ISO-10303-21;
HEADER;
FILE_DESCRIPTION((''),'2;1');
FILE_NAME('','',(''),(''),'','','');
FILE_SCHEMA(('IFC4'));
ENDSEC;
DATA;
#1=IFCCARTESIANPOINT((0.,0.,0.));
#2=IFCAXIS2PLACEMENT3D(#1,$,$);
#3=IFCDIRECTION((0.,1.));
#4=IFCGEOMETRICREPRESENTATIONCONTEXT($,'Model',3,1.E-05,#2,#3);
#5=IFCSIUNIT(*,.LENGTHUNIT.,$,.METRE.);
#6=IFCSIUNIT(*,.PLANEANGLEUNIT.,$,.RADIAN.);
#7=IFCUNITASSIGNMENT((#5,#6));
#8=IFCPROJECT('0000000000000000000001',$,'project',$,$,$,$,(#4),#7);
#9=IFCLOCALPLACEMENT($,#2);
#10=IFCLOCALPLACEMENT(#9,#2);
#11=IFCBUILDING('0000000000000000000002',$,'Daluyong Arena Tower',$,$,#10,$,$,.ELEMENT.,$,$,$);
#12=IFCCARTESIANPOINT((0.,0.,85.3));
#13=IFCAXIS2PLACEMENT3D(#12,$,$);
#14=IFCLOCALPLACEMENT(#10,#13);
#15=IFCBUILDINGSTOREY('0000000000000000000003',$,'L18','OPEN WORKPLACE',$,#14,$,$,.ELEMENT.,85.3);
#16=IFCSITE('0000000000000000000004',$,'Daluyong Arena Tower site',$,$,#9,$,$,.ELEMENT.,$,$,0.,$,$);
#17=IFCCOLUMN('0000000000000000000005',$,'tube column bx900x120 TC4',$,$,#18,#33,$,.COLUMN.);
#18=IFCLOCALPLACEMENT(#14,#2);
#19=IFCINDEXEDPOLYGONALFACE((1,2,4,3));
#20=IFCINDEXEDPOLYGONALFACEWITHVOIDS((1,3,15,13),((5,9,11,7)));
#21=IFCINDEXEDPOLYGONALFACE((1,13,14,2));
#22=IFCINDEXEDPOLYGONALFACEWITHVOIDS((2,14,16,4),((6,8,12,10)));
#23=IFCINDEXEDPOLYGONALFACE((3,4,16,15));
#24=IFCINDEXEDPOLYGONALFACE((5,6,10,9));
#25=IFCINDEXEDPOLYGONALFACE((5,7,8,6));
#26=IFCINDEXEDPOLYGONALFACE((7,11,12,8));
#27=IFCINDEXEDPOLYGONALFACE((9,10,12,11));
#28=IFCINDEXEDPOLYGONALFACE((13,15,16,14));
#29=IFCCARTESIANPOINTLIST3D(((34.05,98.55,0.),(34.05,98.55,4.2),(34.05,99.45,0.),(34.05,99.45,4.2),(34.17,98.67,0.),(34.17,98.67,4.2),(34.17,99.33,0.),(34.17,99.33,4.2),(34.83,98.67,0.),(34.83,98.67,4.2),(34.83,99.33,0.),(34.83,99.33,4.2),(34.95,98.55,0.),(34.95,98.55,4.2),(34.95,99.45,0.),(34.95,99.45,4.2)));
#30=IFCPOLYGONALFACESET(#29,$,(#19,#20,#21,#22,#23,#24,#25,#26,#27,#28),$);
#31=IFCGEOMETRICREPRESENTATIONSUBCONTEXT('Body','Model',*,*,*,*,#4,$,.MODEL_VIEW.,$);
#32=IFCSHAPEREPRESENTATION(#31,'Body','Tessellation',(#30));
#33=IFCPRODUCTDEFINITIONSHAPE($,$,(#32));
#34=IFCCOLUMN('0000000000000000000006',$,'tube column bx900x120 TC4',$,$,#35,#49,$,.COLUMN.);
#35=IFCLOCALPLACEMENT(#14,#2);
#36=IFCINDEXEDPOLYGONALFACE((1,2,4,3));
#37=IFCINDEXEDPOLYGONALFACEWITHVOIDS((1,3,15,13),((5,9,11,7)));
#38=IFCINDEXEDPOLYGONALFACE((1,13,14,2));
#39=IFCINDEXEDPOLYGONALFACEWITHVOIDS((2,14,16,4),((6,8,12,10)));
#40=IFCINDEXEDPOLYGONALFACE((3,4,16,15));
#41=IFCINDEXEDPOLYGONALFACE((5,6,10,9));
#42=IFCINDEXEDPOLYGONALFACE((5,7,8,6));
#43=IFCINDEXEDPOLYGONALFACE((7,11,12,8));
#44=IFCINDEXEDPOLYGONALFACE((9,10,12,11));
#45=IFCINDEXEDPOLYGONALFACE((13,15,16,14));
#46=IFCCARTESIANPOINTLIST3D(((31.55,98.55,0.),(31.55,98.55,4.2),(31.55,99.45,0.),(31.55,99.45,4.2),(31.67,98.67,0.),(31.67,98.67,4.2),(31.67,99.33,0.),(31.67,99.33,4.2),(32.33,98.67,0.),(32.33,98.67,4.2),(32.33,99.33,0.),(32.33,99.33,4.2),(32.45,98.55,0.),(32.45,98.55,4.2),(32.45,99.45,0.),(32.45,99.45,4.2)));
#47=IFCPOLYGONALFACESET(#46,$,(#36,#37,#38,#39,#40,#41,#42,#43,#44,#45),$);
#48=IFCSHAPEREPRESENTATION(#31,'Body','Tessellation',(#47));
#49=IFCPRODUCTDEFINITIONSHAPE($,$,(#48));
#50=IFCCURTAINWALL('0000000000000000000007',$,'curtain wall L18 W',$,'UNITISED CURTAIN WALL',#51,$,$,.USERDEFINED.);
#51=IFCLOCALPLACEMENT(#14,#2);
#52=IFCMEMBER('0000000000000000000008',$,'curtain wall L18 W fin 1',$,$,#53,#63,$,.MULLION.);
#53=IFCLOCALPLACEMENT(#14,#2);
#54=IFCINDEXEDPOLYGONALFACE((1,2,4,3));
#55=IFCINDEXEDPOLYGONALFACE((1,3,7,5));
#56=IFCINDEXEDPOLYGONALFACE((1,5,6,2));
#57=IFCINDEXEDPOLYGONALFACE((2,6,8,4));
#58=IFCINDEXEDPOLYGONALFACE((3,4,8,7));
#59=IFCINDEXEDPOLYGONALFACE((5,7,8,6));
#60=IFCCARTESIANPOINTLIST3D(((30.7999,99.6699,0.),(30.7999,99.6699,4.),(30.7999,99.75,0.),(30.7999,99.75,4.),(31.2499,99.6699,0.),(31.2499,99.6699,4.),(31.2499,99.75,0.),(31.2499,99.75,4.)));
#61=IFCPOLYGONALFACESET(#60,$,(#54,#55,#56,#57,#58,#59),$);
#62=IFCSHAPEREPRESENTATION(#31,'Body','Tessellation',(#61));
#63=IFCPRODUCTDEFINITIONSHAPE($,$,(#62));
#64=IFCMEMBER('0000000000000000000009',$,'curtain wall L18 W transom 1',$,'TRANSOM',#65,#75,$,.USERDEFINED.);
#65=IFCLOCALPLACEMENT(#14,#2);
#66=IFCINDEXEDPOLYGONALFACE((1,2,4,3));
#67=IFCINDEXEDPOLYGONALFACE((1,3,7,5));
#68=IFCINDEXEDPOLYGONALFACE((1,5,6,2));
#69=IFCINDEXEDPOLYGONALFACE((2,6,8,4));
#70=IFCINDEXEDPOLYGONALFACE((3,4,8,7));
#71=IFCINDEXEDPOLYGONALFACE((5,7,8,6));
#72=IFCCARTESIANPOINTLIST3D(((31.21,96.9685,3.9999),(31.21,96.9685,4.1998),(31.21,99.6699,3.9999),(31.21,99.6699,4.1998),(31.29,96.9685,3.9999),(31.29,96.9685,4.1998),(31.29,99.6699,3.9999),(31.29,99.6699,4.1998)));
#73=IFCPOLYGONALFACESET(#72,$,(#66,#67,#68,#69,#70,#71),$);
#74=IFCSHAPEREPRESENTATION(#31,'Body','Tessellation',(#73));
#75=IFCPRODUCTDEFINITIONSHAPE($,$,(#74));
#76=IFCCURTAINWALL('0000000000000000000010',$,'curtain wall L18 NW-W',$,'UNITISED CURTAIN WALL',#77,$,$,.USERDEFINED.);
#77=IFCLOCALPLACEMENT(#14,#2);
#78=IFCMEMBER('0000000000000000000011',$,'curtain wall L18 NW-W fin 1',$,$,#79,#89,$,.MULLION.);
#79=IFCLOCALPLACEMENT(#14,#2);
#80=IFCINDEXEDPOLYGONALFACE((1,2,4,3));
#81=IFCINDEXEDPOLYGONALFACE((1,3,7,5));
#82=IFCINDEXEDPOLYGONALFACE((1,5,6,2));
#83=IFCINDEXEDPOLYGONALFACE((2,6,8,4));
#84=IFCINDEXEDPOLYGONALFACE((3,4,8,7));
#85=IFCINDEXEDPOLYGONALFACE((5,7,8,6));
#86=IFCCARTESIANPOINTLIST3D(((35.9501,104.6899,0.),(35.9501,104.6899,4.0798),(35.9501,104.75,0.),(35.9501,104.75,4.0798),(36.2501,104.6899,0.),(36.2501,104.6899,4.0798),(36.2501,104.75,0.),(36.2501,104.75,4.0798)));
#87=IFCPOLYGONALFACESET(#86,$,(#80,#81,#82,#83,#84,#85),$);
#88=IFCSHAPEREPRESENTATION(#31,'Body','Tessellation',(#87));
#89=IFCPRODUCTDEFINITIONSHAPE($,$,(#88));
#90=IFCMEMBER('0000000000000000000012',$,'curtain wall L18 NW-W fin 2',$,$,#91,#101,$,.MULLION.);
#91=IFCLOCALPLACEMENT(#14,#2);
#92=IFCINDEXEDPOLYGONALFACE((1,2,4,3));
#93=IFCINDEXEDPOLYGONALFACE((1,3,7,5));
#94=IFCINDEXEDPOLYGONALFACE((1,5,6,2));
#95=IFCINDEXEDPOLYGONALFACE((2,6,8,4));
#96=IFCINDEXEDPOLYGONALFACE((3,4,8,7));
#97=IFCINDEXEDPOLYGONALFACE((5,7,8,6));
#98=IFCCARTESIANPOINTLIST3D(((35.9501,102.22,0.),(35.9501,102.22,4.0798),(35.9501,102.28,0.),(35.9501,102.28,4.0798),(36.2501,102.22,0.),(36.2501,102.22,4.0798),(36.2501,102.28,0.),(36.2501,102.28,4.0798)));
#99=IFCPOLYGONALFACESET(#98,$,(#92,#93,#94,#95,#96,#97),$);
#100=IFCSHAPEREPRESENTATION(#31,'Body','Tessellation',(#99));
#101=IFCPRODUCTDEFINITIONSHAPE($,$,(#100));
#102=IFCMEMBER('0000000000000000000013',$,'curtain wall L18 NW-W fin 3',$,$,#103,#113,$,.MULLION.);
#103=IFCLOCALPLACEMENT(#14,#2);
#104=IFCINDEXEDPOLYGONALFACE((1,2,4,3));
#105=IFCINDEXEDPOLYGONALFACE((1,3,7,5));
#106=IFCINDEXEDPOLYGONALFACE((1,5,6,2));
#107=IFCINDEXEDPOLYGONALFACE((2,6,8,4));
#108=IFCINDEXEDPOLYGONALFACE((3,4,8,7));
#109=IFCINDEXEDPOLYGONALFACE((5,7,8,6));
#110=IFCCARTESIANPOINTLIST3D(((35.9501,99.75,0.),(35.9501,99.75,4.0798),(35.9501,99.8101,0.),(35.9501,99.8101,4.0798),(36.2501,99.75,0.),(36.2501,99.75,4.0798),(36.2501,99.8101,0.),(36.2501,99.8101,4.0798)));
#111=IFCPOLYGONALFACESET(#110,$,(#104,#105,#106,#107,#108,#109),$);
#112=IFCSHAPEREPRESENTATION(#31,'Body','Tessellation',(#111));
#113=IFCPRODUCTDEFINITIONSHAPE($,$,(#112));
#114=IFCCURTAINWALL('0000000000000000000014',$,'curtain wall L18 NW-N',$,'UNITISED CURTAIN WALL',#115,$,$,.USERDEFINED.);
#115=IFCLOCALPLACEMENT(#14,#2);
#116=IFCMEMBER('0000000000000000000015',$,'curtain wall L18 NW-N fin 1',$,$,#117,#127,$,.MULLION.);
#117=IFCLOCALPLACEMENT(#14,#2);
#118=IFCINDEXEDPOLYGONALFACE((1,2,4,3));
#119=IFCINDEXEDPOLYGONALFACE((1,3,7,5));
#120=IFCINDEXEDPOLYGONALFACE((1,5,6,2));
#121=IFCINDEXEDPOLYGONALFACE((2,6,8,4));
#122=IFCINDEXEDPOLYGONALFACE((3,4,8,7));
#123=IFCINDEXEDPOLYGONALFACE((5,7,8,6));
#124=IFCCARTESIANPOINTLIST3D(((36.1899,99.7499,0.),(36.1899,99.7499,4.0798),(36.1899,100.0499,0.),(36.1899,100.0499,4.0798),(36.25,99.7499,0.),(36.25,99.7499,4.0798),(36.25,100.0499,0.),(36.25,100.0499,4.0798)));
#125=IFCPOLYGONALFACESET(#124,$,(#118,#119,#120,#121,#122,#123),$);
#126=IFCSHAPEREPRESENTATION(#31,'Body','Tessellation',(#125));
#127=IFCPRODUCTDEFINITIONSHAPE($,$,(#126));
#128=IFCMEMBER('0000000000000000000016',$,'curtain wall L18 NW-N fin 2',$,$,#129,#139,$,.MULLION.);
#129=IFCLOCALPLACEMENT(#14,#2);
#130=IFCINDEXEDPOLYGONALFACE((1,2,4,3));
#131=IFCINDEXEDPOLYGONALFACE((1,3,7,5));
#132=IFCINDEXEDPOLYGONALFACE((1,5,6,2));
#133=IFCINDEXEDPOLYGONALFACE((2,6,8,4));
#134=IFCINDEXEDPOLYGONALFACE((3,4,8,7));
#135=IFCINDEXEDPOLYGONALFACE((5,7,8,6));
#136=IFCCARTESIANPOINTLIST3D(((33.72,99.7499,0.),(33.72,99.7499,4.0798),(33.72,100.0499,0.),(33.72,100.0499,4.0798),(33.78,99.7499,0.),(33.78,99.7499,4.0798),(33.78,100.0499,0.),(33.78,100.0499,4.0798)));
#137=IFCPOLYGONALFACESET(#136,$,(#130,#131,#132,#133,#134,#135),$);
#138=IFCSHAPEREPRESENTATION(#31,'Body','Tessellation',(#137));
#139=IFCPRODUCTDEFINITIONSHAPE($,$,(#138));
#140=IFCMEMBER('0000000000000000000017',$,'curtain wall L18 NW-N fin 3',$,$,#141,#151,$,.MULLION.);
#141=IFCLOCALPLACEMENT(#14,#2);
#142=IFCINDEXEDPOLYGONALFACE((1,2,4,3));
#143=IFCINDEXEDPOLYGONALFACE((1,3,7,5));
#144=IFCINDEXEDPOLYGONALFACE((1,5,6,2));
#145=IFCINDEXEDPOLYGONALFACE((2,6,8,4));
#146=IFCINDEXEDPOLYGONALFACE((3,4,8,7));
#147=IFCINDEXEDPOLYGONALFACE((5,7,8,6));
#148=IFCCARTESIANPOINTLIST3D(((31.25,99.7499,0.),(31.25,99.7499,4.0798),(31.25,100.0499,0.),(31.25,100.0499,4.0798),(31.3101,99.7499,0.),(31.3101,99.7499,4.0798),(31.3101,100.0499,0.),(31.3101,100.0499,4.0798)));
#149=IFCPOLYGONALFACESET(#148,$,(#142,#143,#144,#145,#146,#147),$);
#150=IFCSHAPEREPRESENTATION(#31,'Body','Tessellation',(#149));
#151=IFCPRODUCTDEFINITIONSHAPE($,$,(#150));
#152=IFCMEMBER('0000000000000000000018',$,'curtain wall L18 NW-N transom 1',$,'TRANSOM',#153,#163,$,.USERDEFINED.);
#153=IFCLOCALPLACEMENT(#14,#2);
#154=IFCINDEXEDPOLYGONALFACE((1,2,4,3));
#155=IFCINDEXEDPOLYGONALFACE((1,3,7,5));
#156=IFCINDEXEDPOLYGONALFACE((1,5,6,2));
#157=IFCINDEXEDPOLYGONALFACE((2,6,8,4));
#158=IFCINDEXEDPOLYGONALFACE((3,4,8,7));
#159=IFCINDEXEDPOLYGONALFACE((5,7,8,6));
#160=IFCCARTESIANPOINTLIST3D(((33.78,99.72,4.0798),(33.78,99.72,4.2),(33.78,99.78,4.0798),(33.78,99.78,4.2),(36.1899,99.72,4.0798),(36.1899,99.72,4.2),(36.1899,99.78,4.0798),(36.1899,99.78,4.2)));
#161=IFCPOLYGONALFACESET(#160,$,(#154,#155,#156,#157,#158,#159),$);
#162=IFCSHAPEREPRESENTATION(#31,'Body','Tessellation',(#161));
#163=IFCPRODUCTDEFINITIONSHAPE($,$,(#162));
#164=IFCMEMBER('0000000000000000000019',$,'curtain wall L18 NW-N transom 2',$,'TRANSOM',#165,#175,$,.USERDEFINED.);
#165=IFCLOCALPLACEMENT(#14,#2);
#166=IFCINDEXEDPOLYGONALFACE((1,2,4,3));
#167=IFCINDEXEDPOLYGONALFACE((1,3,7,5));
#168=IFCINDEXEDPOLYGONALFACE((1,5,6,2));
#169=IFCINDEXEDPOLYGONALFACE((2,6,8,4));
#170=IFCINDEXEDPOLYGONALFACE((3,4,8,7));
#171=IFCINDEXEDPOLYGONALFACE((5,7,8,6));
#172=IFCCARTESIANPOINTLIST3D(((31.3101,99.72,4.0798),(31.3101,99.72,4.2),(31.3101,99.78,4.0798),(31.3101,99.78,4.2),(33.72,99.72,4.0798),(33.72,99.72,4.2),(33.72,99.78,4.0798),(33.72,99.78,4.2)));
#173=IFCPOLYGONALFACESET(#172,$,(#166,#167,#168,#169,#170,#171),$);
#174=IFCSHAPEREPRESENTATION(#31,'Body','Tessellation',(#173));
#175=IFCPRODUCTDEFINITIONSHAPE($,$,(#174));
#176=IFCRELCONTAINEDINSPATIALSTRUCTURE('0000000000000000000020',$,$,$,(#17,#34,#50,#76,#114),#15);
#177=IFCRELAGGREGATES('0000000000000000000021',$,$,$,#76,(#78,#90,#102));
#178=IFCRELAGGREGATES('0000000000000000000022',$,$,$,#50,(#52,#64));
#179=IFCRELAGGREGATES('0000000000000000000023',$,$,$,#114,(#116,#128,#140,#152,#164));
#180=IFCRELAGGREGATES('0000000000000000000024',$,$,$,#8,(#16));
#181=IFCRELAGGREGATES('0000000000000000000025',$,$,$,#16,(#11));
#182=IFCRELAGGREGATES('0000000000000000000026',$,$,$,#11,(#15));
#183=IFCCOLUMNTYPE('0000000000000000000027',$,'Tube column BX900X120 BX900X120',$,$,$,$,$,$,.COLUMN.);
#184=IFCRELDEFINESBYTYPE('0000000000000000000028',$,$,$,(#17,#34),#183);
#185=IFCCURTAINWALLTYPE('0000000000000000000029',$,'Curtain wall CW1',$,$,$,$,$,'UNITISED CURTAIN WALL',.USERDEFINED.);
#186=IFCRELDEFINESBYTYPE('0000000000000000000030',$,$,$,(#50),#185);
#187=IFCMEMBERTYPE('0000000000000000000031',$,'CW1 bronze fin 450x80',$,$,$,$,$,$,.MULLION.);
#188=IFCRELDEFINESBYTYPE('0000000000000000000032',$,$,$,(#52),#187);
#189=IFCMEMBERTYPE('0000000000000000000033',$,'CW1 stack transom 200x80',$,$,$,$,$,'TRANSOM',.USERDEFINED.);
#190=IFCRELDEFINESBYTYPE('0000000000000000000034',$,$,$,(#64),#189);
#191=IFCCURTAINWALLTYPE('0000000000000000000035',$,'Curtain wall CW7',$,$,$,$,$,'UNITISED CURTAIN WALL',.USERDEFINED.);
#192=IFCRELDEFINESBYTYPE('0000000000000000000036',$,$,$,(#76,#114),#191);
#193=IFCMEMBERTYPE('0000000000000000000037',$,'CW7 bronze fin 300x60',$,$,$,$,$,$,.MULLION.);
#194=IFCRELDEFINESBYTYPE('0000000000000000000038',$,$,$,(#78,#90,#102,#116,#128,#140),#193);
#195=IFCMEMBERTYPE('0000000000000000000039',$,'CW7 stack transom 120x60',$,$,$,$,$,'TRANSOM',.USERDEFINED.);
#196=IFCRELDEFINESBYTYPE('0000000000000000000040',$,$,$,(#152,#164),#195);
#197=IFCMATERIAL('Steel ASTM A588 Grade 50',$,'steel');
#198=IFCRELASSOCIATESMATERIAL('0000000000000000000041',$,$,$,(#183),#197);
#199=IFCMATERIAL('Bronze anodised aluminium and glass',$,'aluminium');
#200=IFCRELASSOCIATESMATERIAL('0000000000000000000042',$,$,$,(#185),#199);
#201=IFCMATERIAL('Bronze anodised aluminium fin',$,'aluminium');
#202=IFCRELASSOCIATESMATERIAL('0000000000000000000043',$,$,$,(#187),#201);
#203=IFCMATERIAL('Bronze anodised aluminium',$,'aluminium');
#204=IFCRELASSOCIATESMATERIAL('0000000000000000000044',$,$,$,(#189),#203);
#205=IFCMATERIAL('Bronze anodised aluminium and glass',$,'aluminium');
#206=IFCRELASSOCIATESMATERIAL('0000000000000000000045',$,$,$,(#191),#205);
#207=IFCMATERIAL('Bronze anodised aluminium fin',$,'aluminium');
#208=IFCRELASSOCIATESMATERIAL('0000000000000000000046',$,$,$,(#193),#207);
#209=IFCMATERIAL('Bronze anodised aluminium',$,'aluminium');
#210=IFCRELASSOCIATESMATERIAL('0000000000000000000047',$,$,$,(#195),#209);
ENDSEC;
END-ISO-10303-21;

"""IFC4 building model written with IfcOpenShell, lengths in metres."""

from ifc_helpers import new_model, si_unit, direction, frame, origin, origin_2d, place, context, subcontext, project, spatial, rectangle, hollow_rectangle, extrude, material, material_profile, profile_set, type_object, element, aggregate, save


model = new_model("IFC4")

# Units and contexts
model_context = context("Model", 3, precision=1e-05, world=origin(), true_north=direction((0.0, 1.0)))
body_context = subcontext(model_context, "Body", "Model", "MODEL_VIEW")
ifc_project = project(units=[si_unit("LENGTHUNIT", "METRE"), si_unit("PLANEANGLEUNIT", "RADIAN")], contexts=[model_context])

# Site, building, storey
site_placement = place(None, origin())
site = spatial("IfcSite", under=ifc_project, at=site_placement, Name="Daluyong Arena Tower site", CompositionType="ELEMENT", RefElevation=0.0)
building_placement = place(site_placement, origin())
building = spatial("IfcBuilding", under=site, at=building_placement, Name="Daluyong Arena Tower", CompositionType="ELEMENT")
storey_placement = place(building_placement, frame((0.0, 0.0, 85.3)))
storey = spatial("IfcBuildingStorey", under=building, at=storey_placement, Name="L18", Description="OPEN WORKPLACE", CompositionType="ELEMENT", Elevation=85.3)

# Columns
ifc_material_1 = material(Name="Steel ASTM A588 Grade 50", Category="steel")
ifc_material_profile_1 = material_profile(ifc_material_1, hollow_rectangle(XDim=0.8999, YDim=0.8999, WallThickness=0.12, at=origin_2d()))
ifc_profile_set_1 = profile_set([ifc_material_profile_1], Name="Steel ASTM A588 Grade 50")
column_type = type_object("IfcColumnType", Name="Tube column BX900X120 BX900X120", PredefinedType="COLUMN", material=ifc_profile_set_1)
for number, where, z_axis, x_axis, name in (
    (1, (34.5, 99.0, 0.0), (0.0, 0.0, 1.0), (1.0, 0.0, 0.0), "tube column bx900x120 TC4"),
    (2, (32.0, 99.0, 0.0), (0.0, 0.0, 1.0), (0.0, 1.0, 0.0), "tube column bx900x120 TC4"),
):
    element("IfcColumn", number, at=place(storey_placement, frame(where, z_axis=z_axis, x_axis=x_axis)), inside=storey, type_object=column_type, Name=name, PredefinedType="COLUMN", context=body_context, shape_type="SweptSolid", body=[
        extrude(hollow_rectangle(XDim=0.8999, YDim=0.8999, WallThickness=0.12, at=origin_2d()), origin(), (0.0, 0.0, 1.0), 4.2),
    ])

# Curtain walls, members
ifc_material_2 = material(Name="Bronze anodised aluminium and glass", Category="aluminium")
curtain_wall_type_1 = type_object("IfcCurtainWallType", Name="Curtain wall CW1", ElementType="UNITISED CURTAIN WALL", PredefinedType="USERDEFINED", material=ifc_material_2)
curtain_wall_1_placement = place(storey_placement, origin())
curtain_wall_1 = element("IfcCurtainWall", 3, at=curtain_wall_1_placement, inside=storey, type_object=curtain_wall_type_1, Name="curtain wall L18 W", ObjectType="UNITISED CURTAIN WALL", PredefinedType="USERDEFINED")
ifc_material_3 = material(Name="Bronze anodised aluminium fin", Category="aluminium")
ifc_material_profile_2 = material_profile(ifc_material_3, rectangle(XDim=0.45, YDim=0.0801, at=origin_2d()))
ifc_profile_set_2 = profile_set([ifc_material_profile_2], Name="Bronze anodised aluminium fin")
member_type_1 = type_object("IfcMemberType", Name="CW1 bronze fin 450x80", PredefinedType="MULLION", material=ifc_profile_set_2)
member_1_placement = place(storey_placement, frame((31.0249, 99.71, 0.0), z_axis=(0.0, 0.0, 1.0), x_axis=(1.0, 0.0, 0.0)))
member_1 = element("IfcMember", 4, at=member_1_placement, type_object=member_type_1, Name="curtain wall L18 W fin 1", PredefinedType="MULLION", context=body_context, shape_type="SweptSolid", body=[
    extrude(rectangle(XDim=0.45, YDim=0.0801, at=origin_2d()), origin(), (0.0, 0.0, 1.0), 4.0),
])
ifc_material_4 = material(Name="Bronze anodised aluminium", Category="aluminium")
ifc_material_profile_3 = material_profile(ifc_material_4, rectangle(XDim=0.0801, YDim=0.2, at=origin_2d()))
ifc_profile_set_3 = profile_set([ifc_material_profile_3], Name="Bronze anodised aluminium")
member_type_2 = type_object("IfcMemberType", Name="CW1 stack transom 200x80", ElementType="TRANSOM", PredefinedType="USERDEFINED", material=ifc_profile_set_3)
member_2_placement = place(storey_placement, frame((31.25, 99.6699, 4.0999), z_axis=(0.0, -1.0, 0.0), x_axis=(1.0, 0.0, 0.0)))
member_2 = element("IfcMember", 5, at=member_2_placement, type_object=member_type_2, Name="curtain wall L18 W transom 1", ObjectType="TRANSOM", PredefinedType="USERDEFINED", context=body_context, shape_type="SweptSolid", body=[
    extrude(rectangle(XDim=0.0801, YDim=0.2, at=origin_2d()), origin(), (0.0, 0.0, 1.0), 2.7014),
])
ifc_material_5 = material(Name="Bronze anodised aluminium and glass", Category="aluminium")
curtain_wall_type_2 = type_object("IfcCurtainWallType", Name="Curtain wall CW7", ElementType="UNITISED CURTAIN WALL", PredefinedType="USERDEFINED", material=ifc_material_5)
curtain_wall_2_placement = place(storey_placement, origin())
curtain_wall_2 = element("IfcCurtainWall", 6, at=curtain_wall_2_placement, inside=storey, type_object=curtain_wall_type_2, Name="curtain wall L18 NW-W", ObjectType="UNITISED CURTAIN WALL", PredefinedType="USERDEFINED")
ifc_material_6 = material(Name="Bronze anodised aluminium fin", Category="aluminium")
ifc_material_profile_4 = material_profile(ifc_material_6, rectangle(XDim=0.3, YDim=0.0601, at=origin_2d()))
ifc_profile_set_4 = profile_set([ifc_material_profile_4], Name="Bronze anodised aluminium fin")
member_type_3 = type_object("IfcMemberType", Name="CW7 bronze fin 300x60", PredefinedType="MULLION", material=ifc_profile_set_4)
member_3_placement = place(storey_placement, frame((36.1001, 104.72, 0.0), z_axis=(0.0, 0.0, 1.0), x_axis=(1.0, 0.0, 0.0)))
member_3 = element("IfcMember", 7, at=member_3_placement, type_object=member_type_3, Name="curtain wall L18 NW-W fin 1", PredefinedType="MULLION", context=body_context, shape_type="SweptSolid", body=[
    extrude(rectangle(XDim=0.3, YDim=0.0601, at=origin_2d()), origin(), (0.0, 0.0, 1.0), 4.0798),
])
member_4_placement = place(storey_placement, frame((36.1001, 102.25, 0.0), z_axis=(0.0, 0.0, 1.0), x_axis=(1.0, 0.0, 0.0)))
member_4 = element("IfcMember", 8, at=member_4_placement, type_object=member_type_3, Name="curtain wall L18 NW-W fin 2", PredefinedType="MULLION", context=body_context, shape_type="SweptSolid", body=[
    extrude(rectangle(XDim=0.3, YDim=0.0601, at=origin_2d()), origin(), (0.0, 0.0, 1.0), 4.0798),
])
member_5_placement = place(storey_placement, frame((36.1001, 99.78, 0.0), z_axis=(0.0, 0.0, 1.0), x_axis=(1.0, 0.0, 0.0)))
member_5 = element("IfcMember", 9, at=member_5_placement, type_object=member_type_3, Name="curtain wall L18 NW-W fin 3", PredefinedType="MULLION", context=body_context, shape_type="SweptSolid", body=[
    extrude(rectangle(XDim=0.3, YDim=0.0601, at=origin_2d()), origin(), (0.0, 0.0, 1.0), 4.0798),
])
aggregate(curtain_wall_2, [member_3, member_4, member_5])
curtain_wall_3_placement = place(storey_placement, origin())
curtain_wall_3 = element("IfcCurtainWall", 10, at=curtain_wall_3_placement, inside=storey, type_object=curtain_wall_type_2, Name="curtain wall L18 NW-N", ObjectType="UNITISED CURTAIN WALL", PredefinedType="USERDEFINED")
member_6_placement = place(storey_placement, frame((36.22, 99.8999, 0.0), z_axis=(0.0, 0.0, 1.0), x_axis=(0.0, -1.0, 0.0)))
member_6 = element("IfcMember", 11, at=member_6_placement, type_object=member_type_3, Name="curtain wall L18 NW-N fin 1", PredefinedType="MULLION", context=body_context, shape_type="SweptSolid", body=[
    extrude(rectangle(XDim=0.3, YDim=0.0601, at=origin_2d()), origin(), (0.0, 0.0, 1.0), 4.0798),
])
member_7_placement = place(storey_placement, frame((33.75, 99.8999, 0.0), z_axis=(0.0, 0.0, 1.0), x_axis=(0.0, -1.0, 0.0)))
member_7 = element("IfcMember", 12, at=member_7_placement, type_object=member_type_3, Name="curtain wall L18 NW-N fin 2", PredefinedType="MULLION", context=body_context, shape_type="SweptSolid", body=[
    extrude(rectangle(XDim=0.3, YDim=0.0601, at=origin_2d()), origin(), (0.0, 0.0, 1.0), 4.0798),
])
member_8_placement = place(storey_placement, frame((31.28, 99.8999, 0.0), z_axis=(0.0, 0.0, 1.0), x_axis=(0.0, -1.0, 0.0)))
member_8 = element("IfcMember", 13, at=member_8_placement, type_object=member_type_3, Name="curtain wall L18 NW-N fin 3", PredefinedType="MULLION", context=body_context, shape_type="SweptSolid", body=[
    extrude(rectangle(XDim=0.3, YDim=0.0601, at=origin_2d()), origin(), (0.0, 0.0, 1.0), 4.0798),
])
ifc_material_7 = material(Name="Bronze anodised aluminium", Category="aluminium")
ifc_material_profile_5 = material_profile(ifc_material_7, rectangle(XDim=0.0601, YDim=0.1201, at=origin_2d()))
ifc_profile_set_5 = profile_set([ifc_material_profile_5], Name="Bronze anodised aluminium")
member_type_4 = type_object("IfcMemberType", Name="CW7 stack transom 120x60", ElementType="TRANSOM", PredefinedType="USERDEFINED", material=ifc_profile_set_5)
member_9_placement = place(storey_placement, frame((36.1899, 99.75, 4.1399), z_axis=(-1.0, 0.0, 0.0), x_axis=(0.0, -1.0, 0.0)))
member_9 = element("IfcMember", 14, at=member_9_placement, type_object=member_type_4, Name="curtain wall L18 NW-N transom 1", ObjectType="TRANSOM", PredefinedType="USERDEFINED", context=body_context, shape_type="SweptSolid", body=[
    extrude(rectangle(XDim=0.0601, YDim=0.1201, at=origin_2d()), origin(), (0.0, 0.0, 1.0), 2.4099),
])
member_10_placement = place(storey_placement, frame((33.72, 99.75, 4.1399), z_axis=(-1.0, 0.0, 0.0), x_axis=(0.0, -1.0, 0.0)))
member_10 = element("IfcMember", 15, at=member_10_placement, type_object=member_type_4, Name="curtain wall L18 NW-N transom 2", ObjectType="TRANSOM", PredefinedType="USERDEFINED", context=body_context, shape_type="SweptSolid", body=[
    extrude(rectangle(XDim=0.0601, YDim=0.1201, at=origin_2d()), origin(), (0.0, 0.0, 1.0), 2.4099),
])

aggregate(curtain_wall_1, [member_1, member_2])
aggregate(curtain_wall_3, [member_6, member_7, member_8, member_9, member_10])

save(model, "model.ifc")
